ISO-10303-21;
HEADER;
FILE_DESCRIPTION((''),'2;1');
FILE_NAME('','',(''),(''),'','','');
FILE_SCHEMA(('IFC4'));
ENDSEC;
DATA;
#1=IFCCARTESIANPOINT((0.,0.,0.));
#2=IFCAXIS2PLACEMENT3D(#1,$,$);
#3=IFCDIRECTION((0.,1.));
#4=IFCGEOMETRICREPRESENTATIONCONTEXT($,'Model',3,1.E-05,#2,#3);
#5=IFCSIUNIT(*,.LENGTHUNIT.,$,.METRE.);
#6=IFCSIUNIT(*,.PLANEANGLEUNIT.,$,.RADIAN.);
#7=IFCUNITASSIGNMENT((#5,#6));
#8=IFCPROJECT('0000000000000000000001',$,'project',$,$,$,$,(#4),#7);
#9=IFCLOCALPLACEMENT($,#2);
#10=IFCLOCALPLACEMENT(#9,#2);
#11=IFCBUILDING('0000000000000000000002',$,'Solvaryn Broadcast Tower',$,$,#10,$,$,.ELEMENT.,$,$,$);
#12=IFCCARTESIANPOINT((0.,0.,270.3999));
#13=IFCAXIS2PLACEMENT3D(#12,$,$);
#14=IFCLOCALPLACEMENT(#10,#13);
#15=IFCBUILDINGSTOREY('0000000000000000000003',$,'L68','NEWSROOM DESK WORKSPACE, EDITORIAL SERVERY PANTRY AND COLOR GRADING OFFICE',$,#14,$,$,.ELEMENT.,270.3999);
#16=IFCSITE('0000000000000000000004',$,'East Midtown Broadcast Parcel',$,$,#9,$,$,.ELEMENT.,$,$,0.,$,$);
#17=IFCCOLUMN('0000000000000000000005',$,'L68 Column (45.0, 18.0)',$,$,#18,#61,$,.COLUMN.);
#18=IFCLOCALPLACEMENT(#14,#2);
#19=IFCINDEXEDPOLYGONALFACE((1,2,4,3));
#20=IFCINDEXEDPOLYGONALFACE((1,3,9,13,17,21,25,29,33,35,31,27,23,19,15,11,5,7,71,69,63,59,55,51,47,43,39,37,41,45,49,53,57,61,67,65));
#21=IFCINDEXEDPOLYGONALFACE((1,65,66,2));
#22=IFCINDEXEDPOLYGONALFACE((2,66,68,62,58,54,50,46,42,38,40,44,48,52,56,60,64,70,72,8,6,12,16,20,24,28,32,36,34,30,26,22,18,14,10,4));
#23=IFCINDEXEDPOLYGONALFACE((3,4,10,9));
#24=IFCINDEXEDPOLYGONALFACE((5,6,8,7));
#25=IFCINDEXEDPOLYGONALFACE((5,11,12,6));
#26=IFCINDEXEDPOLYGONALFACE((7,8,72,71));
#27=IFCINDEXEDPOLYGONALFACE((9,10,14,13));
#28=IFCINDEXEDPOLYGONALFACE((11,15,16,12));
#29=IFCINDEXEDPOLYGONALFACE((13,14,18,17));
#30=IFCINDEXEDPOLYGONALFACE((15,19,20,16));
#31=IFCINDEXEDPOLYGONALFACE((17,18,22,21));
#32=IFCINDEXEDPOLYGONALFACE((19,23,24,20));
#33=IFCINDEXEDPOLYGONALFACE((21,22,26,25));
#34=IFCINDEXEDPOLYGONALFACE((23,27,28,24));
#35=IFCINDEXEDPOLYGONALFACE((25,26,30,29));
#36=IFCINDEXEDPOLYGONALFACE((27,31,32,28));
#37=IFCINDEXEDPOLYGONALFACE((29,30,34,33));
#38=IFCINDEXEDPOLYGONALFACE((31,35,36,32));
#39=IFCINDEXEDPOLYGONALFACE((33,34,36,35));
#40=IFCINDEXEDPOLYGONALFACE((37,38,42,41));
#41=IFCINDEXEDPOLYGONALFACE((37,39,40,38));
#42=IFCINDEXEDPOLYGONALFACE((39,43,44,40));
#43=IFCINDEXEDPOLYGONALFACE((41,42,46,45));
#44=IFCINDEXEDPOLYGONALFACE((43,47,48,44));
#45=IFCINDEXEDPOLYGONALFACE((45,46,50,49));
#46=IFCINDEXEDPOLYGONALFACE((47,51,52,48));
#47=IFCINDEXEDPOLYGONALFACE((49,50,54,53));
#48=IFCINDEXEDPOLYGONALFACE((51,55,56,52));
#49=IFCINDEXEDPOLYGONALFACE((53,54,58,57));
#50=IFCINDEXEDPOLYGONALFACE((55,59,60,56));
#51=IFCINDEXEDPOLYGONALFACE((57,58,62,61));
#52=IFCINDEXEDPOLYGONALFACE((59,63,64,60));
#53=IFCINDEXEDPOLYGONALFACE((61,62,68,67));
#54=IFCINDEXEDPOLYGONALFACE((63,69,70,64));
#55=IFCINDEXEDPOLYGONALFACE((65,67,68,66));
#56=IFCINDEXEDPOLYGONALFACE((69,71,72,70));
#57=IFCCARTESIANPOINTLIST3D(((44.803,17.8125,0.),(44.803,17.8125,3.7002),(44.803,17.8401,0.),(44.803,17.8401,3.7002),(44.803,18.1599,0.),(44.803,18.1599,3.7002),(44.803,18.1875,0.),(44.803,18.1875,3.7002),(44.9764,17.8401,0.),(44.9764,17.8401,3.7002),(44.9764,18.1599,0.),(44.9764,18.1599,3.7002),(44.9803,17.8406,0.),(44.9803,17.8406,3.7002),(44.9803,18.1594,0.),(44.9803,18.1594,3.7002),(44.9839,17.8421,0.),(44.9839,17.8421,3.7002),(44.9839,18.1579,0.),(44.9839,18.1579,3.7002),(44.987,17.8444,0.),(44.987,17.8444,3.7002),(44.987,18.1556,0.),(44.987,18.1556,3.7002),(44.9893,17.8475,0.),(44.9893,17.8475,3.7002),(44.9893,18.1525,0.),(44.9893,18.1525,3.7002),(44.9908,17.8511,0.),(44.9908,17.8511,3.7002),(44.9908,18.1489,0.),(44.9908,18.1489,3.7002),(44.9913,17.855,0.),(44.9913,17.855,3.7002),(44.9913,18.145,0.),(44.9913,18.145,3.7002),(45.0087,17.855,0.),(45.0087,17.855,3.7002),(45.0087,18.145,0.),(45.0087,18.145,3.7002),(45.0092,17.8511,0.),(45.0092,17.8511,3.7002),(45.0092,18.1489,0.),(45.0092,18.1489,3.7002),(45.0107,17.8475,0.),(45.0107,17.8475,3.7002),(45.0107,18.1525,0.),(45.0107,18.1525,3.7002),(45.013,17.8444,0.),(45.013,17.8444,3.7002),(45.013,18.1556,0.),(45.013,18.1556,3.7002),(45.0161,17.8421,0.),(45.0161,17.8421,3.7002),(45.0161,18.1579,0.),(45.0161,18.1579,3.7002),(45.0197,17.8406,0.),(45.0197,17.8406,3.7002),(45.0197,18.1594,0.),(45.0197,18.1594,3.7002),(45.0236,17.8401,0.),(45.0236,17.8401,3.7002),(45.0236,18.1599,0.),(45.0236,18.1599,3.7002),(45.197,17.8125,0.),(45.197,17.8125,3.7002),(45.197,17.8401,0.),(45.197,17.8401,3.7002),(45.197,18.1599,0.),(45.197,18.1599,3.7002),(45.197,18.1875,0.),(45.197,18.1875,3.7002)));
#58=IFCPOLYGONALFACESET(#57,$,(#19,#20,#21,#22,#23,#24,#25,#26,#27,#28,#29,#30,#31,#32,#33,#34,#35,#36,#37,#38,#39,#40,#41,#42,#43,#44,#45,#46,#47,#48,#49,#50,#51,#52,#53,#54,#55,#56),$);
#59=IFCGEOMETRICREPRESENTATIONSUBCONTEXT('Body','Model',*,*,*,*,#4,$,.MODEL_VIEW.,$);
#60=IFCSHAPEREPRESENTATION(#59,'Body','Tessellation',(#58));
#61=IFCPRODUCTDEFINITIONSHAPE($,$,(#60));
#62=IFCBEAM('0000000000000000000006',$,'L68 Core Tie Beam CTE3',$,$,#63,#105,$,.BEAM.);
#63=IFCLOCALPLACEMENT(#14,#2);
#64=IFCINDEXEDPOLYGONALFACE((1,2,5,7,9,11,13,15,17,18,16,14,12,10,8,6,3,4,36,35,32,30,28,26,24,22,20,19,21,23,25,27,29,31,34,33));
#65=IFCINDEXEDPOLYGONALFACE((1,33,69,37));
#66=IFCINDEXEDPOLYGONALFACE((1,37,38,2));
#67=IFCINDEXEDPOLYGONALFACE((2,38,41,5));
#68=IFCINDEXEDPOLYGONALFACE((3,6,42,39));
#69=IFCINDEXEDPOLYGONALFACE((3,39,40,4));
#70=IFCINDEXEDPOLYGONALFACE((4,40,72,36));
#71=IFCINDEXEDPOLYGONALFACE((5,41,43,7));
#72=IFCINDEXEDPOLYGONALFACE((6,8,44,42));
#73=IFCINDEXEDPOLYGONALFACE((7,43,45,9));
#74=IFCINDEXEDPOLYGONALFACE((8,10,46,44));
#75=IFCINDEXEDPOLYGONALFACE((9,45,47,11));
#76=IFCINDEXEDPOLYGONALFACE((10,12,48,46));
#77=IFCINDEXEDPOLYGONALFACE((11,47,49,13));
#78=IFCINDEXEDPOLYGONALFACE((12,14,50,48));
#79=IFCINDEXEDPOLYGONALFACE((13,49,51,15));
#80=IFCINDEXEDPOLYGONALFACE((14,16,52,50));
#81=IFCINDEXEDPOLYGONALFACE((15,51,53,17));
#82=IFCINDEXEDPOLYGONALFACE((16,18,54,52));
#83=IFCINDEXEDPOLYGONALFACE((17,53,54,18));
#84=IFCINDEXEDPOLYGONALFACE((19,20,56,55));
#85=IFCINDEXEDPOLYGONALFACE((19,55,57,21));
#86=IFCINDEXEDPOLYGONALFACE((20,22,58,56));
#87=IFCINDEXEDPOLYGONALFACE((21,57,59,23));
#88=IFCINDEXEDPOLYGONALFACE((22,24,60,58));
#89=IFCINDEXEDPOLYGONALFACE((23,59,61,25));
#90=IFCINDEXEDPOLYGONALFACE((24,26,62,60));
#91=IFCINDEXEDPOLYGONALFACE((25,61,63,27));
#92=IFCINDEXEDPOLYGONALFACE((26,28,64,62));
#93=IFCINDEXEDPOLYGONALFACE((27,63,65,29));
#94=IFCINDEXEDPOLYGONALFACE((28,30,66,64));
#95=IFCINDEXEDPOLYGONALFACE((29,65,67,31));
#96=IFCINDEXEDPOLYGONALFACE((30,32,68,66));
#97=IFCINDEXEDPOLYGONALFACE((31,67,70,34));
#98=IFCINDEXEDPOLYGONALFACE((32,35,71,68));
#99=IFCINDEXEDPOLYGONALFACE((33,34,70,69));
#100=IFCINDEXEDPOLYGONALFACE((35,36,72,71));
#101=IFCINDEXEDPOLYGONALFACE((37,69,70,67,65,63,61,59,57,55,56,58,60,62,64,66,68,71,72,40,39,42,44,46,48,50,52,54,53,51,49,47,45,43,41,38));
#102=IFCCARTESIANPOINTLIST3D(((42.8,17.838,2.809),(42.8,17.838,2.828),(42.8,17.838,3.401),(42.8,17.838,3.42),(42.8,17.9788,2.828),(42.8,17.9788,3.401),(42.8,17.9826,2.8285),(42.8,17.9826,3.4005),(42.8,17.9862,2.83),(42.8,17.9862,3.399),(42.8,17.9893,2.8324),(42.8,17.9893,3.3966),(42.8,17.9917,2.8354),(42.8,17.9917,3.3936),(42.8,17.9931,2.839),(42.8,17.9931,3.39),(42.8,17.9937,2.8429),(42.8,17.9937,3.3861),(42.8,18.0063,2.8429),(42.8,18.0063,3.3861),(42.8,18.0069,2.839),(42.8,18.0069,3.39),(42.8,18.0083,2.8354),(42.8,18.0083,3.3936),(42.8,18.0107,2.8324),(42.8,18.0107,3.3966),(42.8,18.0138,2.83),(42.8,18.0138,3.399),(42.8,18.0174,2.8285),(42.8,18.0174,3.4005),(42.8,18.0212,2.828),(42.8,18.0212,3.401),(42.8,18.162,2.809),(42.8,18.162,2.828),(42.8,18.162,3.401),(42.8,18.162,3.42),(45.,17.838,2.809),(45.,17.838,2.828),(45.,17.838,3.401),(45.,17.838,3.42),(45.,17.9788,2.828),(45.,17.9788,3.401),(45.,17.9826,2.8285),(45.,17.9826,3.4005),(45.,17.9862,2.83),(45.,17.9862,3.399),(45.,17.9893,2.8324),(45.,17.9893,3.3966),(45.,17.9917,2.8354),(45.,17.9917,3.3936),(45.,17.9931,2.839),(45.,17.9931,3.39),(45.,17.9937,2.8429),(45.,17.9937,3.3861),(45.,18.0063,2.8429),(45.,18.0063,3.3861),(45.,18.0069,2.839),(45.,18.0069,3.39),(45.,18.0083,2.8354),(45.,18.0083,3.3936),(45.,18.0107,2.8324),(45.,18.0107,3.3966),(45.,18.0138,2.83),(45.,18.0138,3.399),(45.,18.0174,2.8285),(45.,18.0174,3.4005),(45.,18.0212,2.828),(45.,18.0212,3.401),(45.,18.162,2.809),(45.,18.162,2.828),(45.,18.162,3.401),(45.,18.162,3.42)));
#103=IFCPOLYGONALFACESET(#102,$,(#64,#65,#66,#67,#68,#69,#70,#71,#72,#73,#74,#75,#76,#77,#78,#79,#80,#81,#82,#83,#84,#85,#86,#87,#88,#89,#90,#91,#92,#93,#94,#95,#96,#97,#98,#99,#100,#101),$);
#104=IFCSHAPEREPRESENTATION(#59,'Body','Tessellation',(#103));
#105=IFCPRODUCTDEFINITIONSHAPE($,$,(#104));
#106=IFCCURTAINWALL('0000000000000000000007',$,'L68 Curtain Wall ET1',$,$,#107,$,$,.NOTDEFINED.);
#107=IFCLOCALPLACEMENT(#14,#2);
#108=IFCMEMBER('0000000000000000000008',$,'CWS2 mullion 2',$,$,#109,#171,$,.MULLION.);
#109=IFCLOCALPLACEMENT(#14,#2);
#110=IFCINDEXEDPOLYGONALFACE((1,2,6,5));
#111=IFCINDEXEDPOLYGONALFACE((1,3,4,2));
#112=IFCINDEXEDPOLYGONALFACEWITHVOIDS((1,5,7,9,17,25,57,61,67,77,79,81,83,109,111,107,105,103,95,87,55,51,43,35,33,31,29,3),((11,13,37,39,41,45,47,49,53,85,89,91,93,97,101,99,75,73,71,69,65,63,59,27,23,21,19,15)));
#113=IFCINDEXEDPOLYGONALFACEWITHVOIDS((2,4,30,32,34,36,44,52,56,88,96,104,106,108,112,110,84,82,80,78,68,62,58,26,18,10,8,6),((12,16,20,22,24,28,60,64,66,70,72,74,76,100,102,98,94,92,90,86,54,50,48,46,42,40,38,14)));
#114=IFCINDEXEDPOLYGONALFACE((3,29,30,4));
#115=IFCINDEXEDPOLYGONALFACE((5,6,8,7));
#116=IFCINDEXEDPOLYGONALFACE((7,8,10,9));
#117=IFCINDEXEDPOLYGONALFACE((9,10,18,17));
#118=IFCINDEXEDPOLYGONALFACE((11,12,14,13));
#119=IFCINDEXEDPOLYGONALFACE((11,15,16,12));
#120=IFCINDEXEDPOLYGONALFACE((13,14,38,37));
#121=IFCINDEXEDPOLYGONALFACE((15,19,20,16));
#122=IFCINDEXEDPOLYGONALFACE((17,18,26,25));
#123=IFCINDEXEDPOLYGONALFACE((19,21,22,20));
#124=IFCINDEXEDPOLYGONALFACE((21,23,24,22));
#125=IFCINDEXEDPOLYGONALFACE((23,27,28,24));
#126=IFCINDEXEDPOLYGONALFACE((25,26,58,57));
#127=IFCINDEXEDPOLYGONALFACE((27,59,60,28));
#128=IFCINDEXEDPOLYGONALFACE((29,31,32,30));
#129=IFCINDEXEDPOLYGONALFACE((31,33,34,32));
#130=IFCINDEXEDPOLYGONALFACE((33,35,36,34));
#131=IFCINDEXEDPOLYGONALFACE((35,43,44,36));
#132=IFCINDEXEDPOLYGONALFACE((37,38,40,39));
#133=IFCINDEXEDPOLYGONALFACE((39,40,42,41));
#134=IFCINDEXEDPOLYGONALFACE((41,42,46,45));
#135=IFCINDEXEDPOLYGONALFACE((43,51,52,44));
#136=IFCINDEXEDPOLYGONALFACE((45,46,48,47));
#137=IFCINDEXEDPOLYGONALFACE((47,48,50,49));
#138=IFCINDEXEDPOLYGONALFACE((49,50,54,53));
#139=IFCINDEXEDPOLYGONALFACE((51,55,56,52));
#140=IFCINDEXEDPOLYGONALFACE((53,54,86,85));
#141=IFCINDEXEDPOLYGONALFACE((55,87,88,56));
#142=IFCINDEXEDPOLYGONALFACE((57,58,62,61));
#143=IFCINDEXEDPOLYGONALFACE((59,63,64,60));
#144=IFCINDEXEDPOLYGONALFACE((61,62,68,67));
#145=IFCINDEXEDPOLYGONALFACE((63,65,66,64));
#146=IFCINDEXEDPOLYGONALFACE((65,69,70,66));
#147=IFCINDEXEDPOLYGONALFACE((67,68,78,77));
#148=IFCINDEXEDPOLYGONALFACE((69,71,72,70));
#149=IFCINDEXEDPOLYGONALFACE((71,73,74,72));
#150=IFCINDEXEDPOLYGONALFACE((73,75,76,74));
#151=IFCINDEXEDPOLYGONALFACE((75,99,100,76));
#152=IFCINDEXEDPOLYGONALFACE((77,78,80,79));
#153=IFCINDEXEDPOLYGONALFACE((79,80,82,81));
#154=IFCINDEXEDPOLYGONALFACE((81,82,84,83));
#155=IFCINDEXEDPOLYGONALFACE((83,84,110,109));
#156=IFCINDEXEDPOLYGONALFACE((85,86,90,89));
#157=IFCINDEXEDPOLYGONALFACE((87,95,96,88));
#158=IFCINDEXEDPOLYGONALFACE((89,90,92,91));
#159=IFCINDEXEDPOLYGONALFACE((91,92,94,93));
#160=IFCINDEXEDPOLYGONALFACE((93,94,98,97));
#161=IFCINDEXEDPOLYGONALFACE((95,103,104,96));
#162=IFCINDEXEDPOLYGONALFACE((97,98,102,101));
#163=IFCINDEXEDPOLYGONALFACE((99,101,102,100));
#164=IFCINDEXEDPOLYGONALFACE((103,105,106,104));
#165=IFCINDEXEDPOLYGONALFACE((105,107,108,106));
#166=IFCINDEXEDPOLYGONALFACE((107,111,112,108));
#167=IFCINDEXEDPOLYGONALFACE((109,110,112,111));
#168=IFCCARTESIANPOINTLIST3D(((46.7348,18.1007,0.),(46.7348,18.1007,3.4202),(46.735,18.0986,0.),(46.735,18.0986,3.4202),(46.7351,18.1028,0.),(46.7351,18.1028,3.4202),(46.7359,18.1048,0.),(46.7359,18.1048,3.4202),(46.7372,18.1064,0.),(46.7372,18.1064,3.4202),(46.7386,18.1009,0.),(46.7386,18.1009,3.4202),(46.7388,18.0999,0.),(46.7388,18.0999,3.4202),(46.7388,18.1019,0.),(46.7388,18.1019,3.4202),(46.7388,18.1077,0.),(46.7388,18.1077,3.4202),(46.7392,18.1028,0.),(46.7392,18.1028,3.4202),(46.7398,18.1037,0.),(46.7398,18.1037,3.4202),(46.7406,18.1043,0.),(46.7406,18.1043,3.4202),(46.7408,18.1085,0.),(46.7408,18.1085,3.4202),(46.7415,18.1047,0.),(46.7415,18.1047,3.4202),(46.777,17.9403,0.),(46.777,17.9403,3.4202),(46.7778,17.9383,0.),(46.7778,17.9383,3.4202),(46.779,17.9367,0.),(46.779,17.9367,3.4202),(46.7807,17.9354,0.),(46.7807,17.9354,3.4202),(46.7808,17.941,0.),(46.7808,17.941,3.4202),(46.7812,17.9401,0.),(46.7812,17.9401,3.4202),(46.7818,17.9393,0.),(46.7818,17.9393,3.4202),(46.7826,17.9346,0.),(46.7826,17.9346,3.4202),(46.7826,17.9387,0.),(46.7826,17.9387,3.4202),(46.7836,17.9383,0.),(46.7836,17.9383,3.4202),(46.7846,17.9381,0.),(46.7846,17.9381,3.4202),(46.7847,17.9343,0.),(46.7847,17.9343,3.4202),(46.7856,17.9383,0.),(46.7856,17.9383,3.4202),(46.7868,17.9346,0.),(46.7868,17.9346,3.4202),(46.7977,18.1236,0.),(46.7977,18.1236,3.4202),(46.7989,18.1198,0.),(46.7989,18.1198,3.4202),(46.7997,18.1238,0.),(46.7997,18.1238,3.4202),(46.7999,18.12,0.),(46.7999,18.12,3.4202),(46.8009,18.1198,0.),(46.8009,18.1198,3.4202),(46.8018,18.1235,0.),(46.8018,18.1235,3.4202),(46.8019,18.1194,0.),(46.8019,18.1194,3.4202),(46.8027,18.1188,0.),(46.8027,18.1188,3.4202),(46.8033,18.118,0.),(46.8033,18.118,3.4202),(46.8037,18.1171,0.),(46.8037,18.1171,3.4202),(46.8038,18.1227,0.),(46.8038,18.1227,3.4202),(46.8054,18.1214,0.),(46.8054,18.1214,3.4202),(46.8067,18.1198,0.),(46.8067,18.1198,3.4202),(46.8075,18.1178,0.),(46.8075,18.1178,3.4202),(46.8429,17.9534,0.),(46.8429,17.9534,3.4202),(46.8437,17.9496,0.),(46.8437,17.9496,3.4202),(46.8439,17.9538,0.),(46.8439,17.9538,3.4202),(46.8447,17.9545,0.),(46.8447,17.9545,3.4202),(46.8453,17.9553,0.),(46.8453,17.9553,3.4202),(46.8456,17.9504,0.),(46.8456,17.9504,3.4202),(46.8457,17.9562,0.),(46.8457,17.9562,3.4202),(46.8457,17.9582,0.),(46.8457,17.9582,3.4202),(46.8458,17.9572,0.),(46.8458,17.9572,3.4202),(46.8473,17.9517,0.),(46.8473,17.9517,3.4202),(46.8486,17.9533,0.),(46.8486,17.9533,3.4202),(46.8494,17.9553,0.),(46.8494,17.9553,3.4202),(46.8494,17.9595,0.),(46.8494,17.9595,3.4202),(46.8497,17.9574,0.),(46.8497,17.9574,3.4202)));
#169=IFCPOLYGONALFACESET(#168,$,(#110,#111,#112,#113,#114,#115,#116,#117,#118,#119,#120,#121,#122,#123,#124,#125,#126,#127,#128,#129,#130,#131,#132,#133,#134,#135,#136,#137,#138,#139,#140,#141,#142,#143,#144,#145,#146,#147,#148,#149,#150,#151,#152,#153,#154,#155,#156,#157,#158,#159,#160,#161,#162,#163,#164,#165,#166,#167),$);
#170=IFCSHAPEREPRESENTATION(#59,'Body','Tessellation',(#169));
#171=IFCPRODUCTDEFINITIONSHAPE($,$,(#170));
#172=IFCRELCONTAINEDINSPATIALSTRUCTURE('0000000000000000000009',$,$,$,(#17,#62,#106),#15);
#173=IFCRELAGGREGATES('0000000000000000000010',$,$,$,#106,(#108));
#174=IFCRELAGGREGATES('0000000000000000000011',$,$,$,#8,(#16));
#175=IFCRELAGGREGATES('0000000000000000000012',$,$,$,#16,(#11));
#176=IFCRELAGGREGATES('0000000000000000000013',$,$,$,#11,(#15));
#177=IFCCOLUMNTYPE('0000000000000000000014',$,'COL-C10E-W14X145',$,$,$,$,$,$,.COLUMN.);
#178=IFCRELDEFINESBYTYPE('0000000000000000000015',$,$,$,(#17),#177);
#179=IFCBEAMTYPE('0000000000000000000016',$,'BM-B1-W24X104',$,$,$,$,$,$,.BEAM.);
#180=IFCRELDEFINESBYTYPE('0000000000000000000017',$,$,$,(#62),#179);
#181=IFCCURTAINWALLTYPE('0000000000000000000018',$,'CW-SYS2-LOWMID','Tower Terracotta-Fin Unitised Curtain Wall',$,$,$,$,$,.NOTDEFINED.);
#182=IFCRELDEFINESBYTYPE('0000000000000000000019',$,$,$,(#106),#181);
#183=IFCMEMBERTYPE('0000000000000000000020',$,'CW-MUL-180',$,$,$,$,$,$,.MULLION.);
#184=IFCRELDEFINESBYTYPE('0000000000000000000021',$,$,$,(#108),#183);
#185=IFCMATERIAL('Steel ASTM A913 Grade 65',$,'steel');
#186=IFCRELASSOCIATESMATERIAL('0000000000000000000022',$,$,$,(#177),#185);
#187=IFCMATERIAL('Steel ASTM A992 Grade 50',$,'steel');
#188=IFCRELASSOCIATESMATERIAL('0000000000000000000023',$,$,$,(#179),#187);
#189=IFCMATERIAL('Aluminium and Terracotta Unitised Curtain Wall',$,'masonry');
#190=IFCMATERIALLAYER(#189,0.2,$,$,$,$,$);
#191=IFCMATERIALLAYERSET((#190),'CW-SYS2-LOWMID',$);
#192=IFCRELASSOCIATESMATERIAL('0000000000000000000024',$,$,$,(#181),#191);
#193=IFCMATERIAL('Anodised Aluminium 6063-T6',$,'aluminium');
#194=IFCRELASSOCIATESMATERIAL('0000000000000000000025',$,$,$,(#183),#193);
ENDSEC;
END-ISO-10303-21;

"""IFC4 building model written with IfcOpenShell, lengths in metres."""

from ifc_helpers import new_model, si_unit, direction, frame, origin, origin_2d, place, context, subcontext, project, spatial, hollow_rectangle, i_section, extrude, material, layer, layer_set, material_profile, profile_set, type_object, element, aggregate, save


model = new_model("IFC4")

# Units and contexts
model_context = context("Model", 3, precision=1e-05, world=origin(), true_north=direction((0.0, 1.0)))
body_context = subcontext(model_context, "Body", "Model", "MODEL_VIEW")
ifc_project = project(units=[si_unit("LENGTHUNIT", "METRE"), si_unit("PLANEANGLEUNIT", "RADIAN")], contexts=[model_context])

# Site, building, storey
site_placement = place(None, origin())
site = spatial("IfcSite", under=ifc_project, at=site_placement, Name="East Midtown Broadcast Parcel", CompositionType="ELEMENT", RefElevation=0.0)
building_placement = place(site_placement, origin())
building = spatial("IfcBuilding", under=site, at=building_placement, Name="Solvaryn Broadcast Tower", CompositionType="ELEMENT")
storey_placement = place(building_placement, frame((0.0, 0.0, 270.3999)))
storey = spatial("IfcBuildingStorey", under=building, at=storey_placement, Name="L68", Description="NEWSROOM DESK WORKSPACE, EDITORIAL SERVERY PANTRY AND COLOR GRADING OFFICE", CompositionType="ELEMENT", Elevation=270.3999)

# Column
ifc_material_1 = material(Name="Steel ASTM A913 Grade 65", Category="steel")
ifc_material_profile_1 = material_profile(ifc_material_1, i_section(OverallWidth=0.394, OverallDepth=0.375, WebThickness=0.0173, FlangeThickness=0.0276, FilletRadius=0.0149, at=origin_2d()))
ifc_profile_set_1 = profile_set([ifc_material_profile_1], Name="Steel ASTM A913 Grade 65")
column_type = type_object("IfcColumnType", Name="COL-C10E-W14X145", PredefinedType="COLUMN", material=ifc_profile_set_1)
column_placement = place(storey_placement, frame((45.0, 18.0, 0.0), z_axis=(0.0, 0.0, 1.0), x_axis=(1.0, 0.0, 0.0)))
element("IfcColumn", 1, at=column_placement, inside=storey, type_object=column_type, Name="L68 Column (45.0, 18.0)", PredefinedType="COLUMN", context=body_context, shape_type="SweptSolid", body=[
    extrude(i_section(OverallWidth=0.394, OverallDepth=0.375, WebThickness=0.0173, FlangeThickness=0.0276, FilletRadius=0.0149, at=origin_2d()), origin(), (0.0, 0.0, 1.0), 3.7002),
])

# Beam
ifc_material_2 = material(Name="Steel ASTM A992 Grade 50", Category="steel")
ifc_material_profile_2 = material_profile(ifc_material_2, i_section(OverallWidth=0.324, OverallDepth=0.6111, WebThickness=0.0127, FlangeThickness=0.019, FilletRadius=0.0149, at=origin_2d()))
ifc_profile_set_2 = profile_set([ifc_material_profile_2], Name="Steel ASTM A992 Grade 50")
beam_type = type_object("IfcBeamType", Name="BM-B1-W24X104", PredefinedType="BEAM", material=ifc_profile_set_2)
beam_placement = place(storey_placement, frame((42.8, 18.0, 3.1145), z_axis=(1.0, 0.0, 0.0), x_axis=(0.0, 1.0, 0.0)))
element("IfcBeam", 2, at=beam_placement, inside=storey, type_object=beam_type, Name="L68 Core Tie Beam CTE3", PredefinedType="BEAM", context=body_context, shape_type="SweptSolid", body=[
    extrude(i_section(OverallWidth=0.324, OverallDepth=0.6111, WebThickness=0.0127, FlangeThickness=0.019, FilletRadius=0.0149, at=origin_2d()), origin(), (0.0, 0.0, 1.0), 2.2),
])

# Curtain wall, member
ifc_material_3 = material(Name="Aluminium and Terracotta Unitised Curtain Wall", Category="masonry")
ifc_layer_1 = layer(ifc_material_3, 0.2)
ifc_layer_set_1 = layer_set([ifc_layer_1], Name="CW-SYS2-LOWMID")
curtain_wall_type = type_object("IfcCurtainWallType", Name="CW-SYS2-LOWMID", Description="Tower Terracotta-Fin Unitised Curtain Wall", PredefinedType="NOTDEFINED", material=ifc_layer_set_1)
curtain_wall_1_placement = place(storey_placement, origin())
curtain_wall_1 = element("IfcCurtainWall", 3, at=curtain_wall_1_placement, inside=storey, type_object=curtain_wall_type, Name="L68 Curtain Wall ET1", PredefinedType="NOTDEFINED")
ifc_material_4 = material(Name="Anodised Aluminium 6063-T6", Category="aluminium")
ifc_material_profile_3 = material_profile(ifc_material_4, hollow_rectangle(XDim=0.075, YDim=0.1799, WallThickness=0.0039, InnerFilletRadius=0.0039, OuterFilletRadius=0.0081, at=origin_2d()))
ifc_profile_set_3 = profile_set([ifc_material_profile_3], Name="Anodised Aluminium 6063-T6")
member_type_1 = type_object("IfcMemberType", Name="CW-MUL-180", PredefinedType="MULLION", material=ifc_profile_set_3)
member_1_placement = place(storey_placement, frame((46.7922, 18.0291, 0.0), z_axis=(0.0, 0.0, 1.0), x_axis=(0.966705, 0.255893, 0.0)))
member_1 = element("IfcMember", 4, at=member_1_placement, type_object=member_type_1, Name="CWS2 mullion 2", PredefinedType="MULLION", context=body_context, shape_type="SweptSolid", body=[
    extrude(hollow_rectangle(XDim=0.075, YDim=0.1799, WallThickness=0.0039, InnerFilletRadius=0.0039, OuterFilletRadius=0.0081, at=origin_2d()), origin(), (0.0, 0.0, 1.0), 3.4202),
])

aggregate(curtain_wall_1, [member_1])

save(model, "model.ifc")
